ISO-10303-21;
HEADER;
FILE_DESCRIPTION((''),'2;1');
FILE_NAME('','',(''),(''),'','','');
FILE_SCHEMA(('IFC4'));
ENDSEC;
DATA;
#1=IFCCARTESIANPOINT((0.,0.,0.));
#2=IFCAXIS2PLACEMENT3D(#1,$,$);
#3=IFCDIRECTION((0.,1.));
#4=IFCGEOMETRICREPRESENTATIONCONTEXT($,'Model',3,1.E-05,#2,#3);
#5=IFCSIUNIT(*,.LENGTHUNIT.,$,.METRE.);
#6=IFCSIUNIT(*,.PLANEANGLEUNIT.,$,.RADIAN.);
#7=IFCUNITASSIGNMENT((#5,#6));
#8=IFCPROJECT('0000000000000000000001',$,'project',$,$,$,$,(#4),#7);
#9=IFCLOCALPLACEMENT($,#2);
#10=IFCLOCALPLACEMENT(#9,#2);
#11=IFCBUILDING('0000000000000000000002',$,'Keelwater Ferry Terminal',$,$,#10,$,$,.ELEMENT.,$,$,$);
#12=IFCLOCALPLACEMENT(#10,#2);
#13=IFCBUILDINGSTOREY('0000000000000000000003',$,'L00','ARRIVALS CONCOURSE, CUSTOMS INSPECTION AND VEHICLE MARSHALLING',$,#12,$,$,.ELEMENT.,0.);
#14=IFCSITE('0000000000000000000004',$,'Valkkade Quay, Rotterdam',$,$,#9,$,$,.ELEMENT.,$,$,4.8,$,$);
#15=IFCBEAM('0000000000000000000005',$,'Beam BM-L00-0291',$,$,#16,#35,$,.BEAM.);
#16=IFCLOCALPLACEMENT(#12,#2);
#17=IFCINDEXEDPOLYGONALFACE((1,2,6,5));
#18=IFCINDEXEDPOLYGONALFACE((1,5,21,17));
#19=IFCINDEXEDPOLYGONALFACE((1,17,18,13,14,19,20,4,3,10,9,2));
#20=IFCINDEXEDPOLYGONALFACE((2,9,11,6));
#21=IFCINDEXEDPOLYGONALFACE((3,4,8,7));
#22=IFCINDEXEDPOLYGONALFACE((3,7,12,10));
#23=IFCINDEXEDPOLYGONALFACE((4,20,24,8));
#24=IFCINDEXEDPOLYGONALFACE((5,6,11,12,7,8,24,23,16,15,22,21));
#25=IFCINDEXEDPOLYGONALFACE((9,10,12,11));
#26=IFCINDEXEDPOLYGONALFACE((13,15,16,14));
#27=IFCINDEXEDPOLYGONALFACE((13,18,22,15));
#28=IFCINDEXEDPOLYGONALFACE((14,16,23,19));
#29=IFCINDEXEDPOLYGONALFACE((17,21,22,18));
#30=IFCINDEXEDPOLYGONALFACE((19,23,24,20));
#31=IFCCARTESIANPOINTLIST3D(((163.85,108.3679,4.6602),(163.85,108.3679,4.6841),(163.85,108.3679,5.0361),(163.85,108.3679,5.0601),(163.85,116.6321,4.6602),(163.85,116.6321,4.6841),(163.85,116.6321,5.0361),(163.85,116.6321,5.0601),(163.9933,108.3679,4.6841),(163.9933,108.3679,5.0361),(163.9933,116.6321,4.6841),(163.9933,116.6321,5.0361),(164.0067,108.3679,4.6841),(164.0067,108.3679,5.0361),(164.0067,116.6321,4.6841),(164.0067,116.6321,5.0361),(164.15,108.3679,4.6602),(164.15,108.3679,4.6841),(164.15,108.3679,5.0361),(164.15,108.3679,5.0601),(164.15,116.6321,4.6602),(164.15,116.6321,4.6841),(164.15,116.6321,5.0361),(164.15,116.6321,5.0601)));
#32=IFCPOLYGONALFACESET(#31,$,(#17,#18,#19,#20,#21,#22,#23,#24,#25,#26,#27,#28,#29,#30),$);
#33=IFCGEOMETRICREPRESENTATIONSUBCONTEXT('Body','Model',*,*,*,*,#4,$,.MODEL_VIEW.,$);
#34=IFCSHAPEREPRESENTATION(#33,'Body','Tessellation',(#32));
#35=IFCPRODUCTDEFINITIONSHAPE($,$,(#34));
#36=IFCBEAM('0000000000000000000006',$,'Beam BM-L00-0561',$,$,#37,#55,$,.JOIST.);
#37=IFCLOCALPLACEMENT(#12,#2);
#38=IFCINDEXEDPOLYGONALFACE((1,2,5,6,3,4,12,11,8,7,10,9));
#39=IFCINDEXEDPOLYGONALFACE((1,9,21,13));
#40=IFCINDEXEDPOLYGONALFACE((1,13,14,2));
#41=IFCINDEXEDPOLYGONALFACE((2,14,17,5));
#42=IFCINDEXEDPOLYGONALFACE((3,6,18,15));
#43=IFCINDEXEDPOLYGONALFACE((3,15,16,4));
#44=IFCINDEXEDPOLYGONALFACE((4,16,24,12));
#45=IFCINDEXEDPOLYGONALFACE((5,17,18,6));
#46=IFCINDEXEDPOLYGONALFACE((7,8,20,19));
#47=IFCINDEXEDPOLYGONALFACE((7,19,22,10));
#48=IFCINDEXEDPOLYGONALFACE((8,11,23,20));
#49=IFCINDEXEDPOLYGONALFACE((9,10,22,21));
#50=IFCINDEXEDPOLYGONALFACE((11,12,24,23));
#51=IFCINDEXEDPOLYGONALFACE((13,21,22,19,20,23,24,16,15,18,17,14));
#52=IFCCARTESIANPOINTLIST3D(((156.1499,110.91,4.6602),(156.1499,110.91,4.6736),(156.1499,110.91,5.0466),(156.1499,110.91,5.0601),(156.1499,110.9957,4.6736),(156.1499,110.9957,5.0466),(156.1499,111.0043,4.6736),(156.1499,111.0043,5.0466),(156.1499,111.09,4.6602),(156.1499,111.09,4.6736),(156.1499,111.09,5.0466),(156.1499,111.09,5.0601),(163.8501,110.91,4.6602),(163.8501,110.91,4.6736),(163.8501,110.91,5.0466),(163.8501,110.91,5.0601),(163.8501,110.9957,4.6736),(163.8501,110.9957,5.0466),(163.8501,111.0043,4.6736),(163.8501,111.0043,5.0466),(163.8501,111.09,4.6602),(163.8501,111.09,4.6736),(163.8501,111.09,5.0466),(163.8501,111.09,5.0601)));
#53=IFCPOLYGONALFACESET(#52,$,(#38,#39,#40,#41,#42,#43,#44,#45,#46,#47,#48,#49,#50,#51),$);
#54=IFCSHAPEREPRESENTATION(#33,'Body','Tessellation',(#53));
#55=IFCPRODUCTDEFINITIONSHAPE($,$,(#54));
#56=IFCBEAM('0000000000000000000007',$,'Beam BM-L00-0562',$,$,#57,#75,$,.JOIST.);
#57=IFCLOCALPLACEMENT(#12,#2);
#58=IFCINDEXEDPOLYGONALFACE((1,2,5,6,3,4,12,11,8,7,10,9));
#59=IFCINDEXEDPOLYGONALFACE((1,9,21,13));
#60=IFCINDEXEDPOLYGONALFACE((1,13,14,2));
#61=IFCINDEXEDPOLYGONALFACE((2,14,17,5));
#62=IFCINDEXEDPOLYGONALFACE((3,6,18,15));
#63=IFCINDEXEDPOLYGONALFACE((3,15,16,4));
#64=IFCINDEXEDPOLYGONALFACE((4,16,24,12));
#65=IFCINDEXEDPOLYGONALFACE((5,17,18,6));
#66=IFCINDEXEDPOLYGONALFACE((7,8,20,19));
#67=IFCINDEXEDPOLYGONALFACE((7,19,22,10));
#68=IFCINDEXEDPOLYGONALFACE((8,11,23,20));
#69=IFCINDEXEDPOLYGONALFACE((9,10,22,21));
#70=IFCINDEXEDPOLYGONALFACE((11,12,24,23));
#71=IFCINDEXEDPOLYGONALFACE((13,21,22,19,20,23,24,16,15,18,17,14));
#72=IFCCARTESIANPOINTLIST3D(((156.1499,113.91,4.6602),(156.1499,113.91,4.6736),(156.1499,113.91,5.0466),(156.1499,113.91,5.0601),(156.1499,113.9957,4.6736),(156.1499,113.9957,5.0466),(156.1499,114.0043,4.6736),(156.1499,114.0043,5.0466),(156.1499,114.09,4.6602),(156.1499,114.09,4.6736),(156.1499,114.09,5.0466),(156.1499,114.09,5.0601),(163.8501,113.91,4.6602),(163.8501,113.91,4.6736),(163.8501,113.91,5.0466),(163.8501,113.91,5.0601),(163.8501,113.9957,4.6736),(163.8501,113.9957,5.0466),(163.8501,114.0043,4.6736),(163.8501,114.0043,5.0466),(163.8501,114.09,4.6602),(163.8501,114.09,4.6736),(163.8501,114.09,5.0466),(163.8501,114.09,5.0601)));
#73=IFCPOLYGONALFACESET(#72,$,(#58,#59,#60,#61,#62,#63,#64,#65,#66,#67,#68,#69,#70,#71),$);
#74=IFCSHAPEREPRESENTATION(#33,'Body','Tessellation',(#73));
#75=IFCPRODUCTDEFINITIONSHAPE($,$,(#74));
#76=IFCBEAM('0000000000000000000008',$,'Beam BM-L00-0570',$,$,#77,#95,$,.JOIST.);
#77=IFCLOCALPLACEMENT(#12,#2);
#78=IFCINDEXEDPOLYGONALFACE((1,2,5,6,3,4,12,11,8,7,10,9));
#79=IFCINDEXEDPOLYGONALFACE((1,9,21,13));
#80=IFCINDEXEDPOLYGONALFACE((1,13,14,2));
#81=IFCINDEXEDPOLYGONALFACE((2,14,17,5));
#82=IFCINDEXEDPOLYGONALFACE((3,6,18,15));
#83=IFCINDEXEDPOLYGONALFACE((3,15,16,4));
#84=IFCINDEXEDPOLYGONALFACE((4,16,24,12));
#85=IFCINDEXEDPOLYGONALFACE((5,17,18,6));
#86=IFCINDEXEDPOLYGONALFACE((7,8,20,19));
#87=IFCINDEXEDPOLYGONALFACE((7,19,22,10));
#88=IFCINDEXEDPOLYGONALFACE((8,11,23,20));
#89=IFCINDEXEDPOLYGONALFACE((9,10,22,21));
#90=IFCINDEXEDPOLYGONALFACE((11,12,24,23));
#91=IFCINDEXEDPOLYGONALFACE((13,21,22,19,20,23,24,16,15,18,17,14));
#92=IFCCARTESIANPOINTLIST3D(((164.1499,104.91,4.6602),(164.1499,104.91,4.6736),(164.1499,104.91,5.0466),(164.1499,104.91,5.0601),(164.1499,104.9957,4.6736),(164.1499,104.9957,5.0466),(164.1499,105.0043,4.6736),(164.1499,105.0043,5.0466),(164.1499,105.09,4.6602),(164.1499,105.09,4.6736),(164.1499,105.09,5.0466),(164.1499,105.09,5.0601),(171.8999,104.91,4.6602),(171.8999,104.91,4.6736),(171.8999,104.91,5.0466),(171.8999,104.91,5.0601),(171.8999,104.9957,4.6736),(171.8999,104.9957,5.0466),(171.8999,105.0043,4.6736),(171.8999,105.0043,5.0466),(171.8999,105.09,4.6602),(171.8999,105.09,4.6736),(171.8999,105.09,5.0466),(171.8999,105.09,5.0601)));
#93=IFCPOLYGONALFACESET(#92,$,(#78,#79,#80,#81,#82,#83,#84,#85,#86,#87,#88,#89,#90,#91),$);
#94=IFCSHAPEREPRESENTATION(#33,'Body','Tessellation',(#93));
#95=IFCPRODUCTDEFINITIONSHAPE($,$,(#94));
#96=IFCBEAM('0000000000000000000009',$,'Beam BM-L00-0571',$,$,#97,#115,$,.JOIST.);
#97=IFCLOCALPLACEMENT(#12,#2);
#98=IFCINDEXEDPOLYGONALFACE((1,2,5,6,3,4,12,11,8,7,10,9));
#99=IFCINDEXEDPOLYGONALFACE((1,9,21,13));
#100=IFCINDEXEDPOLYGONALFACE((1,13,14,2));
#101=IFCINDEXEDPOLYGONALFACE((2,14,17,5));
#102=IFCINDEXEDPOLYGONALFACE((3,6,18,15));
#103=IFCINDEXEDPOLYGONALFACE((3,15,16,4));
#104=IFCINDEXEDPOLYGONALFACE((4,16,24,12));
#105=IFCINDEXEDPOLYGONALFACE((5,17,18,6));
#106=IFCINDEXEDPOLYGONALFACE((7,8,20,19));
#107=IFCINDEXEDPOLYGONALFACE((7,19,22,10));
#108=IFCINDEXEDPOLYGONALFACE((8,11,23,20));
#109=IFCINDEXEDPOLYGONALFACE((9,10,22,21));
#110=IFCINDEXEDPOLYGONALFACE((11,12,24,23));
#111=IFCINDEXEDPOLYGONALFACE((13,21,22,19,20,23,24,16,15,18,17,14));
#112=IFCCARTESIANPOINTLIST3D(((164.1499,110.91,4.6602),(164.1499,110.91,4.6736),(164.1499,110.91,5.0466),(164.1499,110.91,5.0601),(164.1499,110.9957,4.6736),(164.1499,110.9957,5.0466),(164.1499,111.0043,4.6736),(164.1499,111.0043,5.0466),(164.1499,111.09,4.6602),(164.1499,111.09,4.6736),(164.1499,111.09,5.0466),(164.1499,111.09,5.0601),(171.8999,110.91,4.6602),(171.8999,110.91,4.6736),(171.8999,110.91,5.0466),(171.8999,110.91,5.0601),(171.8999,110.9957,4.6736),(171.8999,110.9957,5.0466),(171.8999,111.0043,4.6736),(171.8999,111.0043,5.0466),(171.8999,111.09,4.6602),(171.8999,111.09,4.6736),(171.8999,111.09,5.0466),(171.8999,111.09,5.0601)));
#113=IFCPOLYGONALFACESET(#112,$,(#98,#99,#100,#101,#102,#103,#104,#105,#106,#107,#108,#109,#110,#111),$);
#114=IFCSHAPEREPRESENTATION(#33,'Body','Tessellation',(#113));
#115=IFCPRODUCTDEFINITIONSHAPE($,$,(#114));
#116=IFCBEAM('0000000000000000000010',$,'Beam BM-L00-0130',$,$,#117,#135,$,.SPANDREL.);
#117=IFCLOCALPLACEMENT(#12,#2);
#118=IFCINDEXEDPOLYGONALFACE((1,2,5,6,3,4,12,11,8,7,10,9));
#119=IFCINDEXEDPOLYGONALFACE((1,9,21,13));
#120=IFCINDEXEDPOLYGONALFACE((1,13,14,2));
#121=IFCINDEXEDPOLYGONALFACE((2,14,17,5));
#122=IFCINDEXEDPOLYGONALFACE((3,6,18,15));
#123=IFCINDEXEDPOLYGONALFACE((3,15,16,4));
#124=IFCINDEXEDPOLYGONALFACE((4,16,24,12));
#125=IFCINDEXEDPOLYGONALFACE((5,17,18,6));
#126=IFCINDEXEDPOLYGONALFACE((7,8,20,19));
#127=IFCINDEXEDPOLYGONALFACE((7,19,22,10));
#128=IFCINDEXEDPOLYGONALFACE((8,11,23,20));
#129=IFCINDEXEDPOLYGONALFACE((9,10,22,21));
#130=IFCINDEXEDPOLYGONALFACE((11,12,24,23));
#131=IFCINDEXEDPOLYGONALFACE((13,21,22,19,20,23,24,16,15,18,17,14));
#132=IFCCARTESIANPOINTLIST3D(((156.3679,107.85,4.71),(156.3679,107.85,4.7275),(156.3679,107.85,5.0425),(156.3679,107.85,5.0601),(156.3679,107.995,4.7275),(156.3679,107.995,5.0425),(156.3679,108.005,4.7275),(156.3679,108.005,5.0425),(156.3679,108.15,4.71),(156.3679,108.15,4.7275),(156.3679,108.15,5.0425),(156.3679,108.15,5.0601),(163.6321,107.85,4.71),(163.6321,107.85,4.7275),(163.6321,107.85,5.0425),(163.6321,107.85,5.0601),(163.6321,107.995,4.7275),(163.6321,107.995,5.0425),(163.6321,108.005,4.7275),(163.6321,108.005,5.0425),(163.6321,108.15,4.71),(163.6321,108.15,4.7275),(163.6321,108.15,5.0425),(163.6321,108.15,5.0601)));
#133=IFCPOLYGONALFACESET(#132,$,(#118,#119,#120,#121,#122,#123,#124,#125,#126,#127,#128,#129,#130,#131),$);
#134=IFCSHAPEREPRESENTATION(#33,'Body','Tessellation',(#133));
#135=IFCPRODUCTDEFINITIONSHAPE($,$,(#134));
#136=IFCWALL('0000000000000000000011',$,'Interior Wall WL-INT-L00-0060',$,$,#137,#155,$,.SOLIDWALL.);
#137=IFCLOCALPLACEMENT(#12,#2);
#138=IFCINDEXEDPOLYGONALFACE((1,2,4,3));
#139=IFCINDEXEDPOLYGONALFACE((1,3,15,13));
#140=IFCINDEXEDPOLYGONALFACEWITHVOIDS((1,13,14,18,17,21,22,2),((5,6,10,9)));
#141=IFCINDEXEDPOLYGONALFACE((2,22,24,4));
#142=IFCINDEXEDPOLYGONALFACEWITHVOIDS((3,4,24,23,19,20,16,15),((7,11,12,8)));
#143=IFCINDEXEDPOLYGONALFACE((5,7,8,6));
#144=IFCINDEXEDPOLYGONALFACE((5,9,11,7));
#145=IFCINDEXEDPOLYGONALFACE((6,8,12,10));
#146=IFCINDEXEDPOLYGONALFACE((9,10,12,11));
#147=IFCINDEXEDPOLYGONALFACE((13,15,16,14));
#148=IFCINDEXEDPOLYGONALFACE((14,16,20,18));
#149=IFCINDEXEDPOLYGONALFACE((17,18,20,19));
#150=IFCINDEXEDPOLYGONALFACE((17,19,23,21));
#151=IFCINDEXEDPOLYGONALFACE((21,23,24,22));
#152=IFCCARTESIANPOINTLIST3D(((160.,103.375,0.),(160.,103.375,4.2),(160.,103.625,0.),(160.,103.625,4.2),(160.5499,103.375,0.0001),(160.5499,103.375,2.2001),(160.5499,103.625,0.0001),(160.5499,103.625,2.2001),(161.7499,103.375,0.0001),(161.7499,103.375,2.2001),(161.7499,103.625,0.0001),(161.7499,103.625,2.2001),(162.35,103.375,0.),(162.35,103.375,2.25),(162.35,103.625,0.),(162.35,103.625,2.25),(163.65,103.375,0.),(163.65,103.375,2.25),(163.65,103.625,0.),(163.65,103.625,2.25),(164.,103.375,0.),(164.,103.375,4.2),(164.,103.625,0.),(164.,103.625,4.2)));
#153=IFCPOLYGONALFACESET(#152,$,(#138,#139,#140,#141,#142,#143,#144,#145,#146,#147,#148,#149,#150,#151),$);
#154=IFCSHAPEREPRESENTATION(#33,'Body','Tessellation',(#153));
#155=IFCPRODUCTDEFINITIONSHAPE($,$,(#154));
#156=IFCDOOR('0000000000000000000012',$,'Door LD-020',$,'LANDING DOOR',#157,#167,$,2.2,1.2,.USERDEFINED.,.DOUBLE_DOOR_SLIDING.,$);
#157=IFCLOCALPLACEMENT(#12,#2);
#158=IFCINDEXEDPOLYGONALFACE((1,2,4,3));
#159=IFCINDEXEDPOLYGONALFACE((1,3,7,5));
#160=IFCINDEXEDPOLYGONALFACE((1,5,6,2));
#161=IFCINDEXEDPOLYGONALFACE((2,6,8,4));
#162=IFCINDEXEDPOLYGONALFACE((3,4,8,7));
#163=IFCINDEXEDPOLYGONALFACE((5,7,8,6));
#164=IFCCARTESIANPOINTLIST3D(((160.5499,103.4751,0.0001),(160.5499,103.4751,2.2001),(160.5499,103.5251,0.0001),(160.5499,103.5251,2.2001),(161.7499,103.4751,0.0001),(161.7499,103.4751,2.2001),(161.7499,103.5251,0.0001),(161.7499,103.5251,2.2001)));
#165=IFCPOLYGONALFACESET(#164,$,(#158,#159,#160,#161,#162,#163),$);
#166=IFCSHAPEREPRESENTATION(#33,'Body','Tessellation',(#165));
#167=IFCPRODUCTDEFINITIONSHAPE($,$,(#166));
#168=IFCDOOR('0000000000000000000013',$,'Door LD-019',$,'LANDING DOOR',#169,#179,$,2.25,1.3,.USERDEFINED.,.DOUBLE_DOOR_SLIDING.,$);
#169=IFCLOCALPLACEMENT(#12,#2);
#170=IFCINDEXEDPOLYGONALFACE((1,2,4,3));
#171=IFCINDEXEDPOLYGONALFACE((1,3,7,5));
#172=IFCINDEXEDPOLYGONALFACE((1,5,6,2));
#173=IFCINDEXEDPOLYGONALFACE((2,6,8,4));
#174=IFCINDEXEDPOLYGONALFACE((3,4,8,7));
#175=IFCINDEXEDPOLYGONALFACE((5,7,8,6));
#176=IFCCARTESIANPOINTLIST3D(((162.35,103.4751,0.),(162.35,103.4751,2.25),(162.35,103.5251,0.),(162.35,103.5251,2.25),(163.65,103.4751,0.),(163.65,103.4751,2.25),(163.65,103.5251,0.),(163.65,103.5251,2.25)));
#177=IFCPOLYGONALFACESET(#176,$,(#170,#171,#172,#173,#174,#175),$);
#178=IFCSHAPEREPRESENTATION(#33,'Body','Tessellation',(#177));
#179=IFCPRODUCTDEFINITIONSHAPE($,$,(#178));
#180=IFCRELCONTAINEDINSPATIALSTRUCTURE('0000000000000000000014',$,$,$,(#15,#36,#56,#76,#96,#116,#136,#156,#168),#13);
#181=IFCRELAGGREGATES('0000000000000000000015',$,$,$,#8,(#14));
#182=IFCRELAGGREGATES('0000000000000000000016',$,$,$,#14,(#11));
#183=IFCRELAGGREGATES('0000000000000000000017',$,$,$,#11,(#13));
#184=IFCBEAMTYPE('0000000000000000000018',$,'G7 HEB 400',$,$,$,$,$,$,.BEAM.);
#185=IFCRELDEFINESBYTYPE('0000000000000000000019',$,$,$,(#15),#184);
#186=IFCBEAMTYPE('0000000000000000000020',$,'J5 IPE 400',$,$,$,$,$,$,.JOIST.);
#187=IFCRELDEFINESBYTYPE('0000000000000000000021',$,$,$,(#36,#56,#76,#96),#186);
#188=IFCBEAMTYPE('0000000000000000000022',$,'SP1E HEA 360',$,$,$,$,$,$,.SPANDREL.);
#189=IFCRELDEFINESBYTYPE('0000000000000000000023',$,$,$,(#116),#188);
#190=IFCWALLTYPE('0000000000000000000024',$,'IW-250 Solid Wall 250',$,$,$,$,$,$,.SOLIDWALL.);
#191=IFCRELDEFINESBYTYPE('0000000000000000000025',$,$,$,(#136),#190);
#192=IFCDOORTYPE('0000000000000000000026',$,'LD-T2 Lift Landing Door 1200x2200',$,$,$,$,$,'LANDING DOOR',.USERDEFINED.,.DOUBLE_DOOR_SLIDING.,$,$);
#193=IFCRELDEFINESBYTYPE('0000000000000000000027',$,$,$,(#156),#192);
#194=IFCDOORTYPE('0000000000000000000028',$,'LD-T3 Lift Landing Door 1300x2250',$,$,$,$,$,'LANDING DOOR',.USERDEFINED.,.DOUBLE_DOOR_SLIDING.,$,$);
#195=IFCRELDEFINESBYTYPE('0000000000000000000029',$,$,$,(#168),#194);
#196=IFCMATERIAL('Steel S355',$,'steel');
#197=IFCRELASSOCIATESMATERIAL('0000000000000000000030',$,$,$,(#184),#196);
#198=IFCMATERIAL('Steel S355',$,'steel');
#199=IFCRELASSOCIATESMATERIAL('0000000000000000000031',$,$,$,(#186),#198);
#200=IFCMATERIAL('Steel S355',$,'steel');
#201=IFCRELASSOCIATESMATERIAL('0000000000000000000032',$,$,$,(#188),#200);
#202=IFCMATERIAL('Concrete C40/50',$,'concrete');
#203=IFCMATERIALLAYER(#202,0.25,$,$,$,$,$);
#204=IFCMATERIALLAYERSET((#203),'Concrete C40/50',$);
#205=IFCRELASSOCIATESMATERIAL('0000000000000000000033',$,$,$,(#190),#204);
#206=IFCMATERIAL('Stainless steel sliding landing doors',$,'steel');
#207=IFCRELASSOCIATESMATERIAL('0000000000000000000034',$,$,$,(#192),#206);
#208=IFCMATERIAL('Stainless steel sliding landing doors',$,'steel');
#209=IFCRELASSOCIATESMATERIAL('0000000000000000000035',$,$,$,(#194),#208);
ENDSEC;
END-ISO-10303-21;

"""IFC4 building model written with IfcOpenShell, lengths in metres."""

from ifc_helpers import new_model, si_unit, direction, frame, frame_2d, origin, origin_2d, place, context, subcontext, project, spatial, rectangle, i_section, extrude, material, layer, layer_set, material_profile, profile_set, type_object, element, fill, save


model = new_model("IFC4")

# Units and contexts
model_context = context("Model", 3, precision=1e-05, world=origin(), true_north=direction((0.0, 1.0)))
body_context = subcontext(model_context, "Body", "Model", "MODEL_VIEW")
ifc_project = project(units=[si_unit("LENGTHUNIT", "METRE"), si_unit("PLANEANGLEUNIT", "RADIAN")], contexts=[model_context])

# Site, building, storey
site_placement = place(None, origin())
site = spatial("IfcSite", under=ifc_project, at=site_placement, Name="Valkkade Quay, Rotterdam", CompositionType="ELEMENT", RefElevation=4.8)
building_placement = place(site_placement, origin())
building = spatial("IfcBuilding", under=site, at=building_placement, Name="Keelwater Ferry Terminal", CompositionType="ELEMENT")
storey_placement = place(building_placement, origin())
storey = spatial("IfcBuildingStorey", under=building, at=storey_placement, Name="L00", Description="ARRIVALS CONCOURSE, CUSTOMS INSPECTION AND VEHICLE MARSHALLING", CompositionType="ELEMENT", Elevation=0.0)

# Beams
ifc_material_1 = material(Name="Steel S355", Category="steel")
ifc_material_profile_1 = material_profile(ifc_material_1, i_section(OverallWidth=0.3, OverallDepth=0.3999, WebThickness=0.0134, FlangeThickness=0.0239, at=origin_2d()), Name="HEB 400")
ifc_profile_set_1 = profile_set([ifc_material_profile_1], Name="Steel S355")
beam_type_1 = type_object("IfcBeamType", Name="G7 HEB 400", PredefinedType="BEAM", material=ifc_profile_set_1)
beam_1_placement = place(storey_placement, frame((164.0, 108.3679, 4.8601), z_axis=(0.0, 1.0, 0.0), x_axis=(-1.0, 0.0, 0.0)))
element("IfcBeam", 1, at=beam_1_placement, inside=storey, type_object=beam_type_1, Name="Beam BM-L00-0291", PredefinedType="BEAM", context=body_context, shape_type="SweptSolid", body=[
    extrude(i_section(OverallWidth=0.3, OverallDepth=0.3999, WebThickness=0.0134, FlangeThickness=0.0239, at=origin_2d()), origin(), (0.0, 0.0, 1.0), 8.2642),
])
ifc_material_2 = material(Name="Steel S355", Category="steel")
ifc_material_profile_2 = material_profile(ifc_material_2, i_section(OverallWidth=0.1799, OverallDepth=0.3999, WebThickness=0.0085, FlangeThickness=0.0134, at=origin_2d()), Name="IPE 400")
ifc_profile_set_2 = profile_set([ifc_material_profile_2], Name="Steel S355")
beam_type_2 = type_object("IfcBeamType", Name="J5 IPE 400", PredefinedType="JOIST", material=ifc_profile_set_2)
for number, where, z_axis, x_axis, name in (
    (2, (156.1499, 111.0, 4.8601), (1.0, 0.0, 0.0), (0.0, 1.0, 0.0), "Beam BM-L00-0561"),
    (3, (156.1499, 114.0, 4.8601), (1.0, 0.0, 0.0), (0.0, 1.0, 0.0), "Beam BM-L00-0562"),
):
    element("IfcBeam", number, at=place(storey_placement, frame(where, z_axis=z_axis, x_axis=x_axis)), inside=storey, type_object=beam_type_2, Name=name, PredefinedType="JOIST", context=body_context, shape_type="SweptSolid", body=[
        extrude(i_section(OverallWidth=0.1799, OverallDepth=0.3999, WebThickness=0.0085, FlangeThickness=0.0134, at=origin_2d()), origin(), (0.0, 0.0, 1.0), 7.7002),
    ])
for number, where, z_axis, x_axis, name in (
    (4, (164.1499, 105.0, 4.8601), (1.0, 0.0, 0.0), (0.0, 1.0, 0.0), "Beam BM-L00-0570"),
    (5, (164.1499, 111.0, 4.8601), (1.0, 0.0, 0.0), (0.0, 1.0, 0.0), "Beam BM-L00-0571"),
):
    element("IfcBeam", number, at=place(storey_placement, frame(where, z_axis=z_axis, x_axis=x_axis)), inside=storey, type_object=beam_type_2, Name=name, PredefinedType="JOIST", context=body_context, shape_type="SweptSolid", body=[
        extrude(i_section(OverallWidth=0.1799, OverallDepth=0.3999, WebThickness=0.0085, FlangeThickness=0.0134, at=origin_2d()), origin(), (0.0, 0.0, 1.0), 7.75),
    ])
ifc_material_3 = material(Name="Steel S355", Category="steel")
ifc_material_profile_3 = material_profile(ifc_material_3, i_section(OverallWidth=0.3, OverallDepth=0.3501, WebThickness=0.01, FlangeThickness=0.0176, at=origin_2d()), Name="HEA 360")
ifc_profile_set_3 = profile_set([ifc_material_profile_3], Name="Steel S355")
beam_type_3 = type_object("IfcBeamType", Name="SP1E HEA 360", PredefinedType="SPANDREL", material=ifc_profile_set_3)
beam_2_placement = place(storey_placement, frame((156.3679, 108.0, 4.885), z_axis=(1.0, 0.0, 0.0), x_axis=(0.0, 1.0, 0.0)))
element("IfcBeam", 6, at=beam_2_placement, inside=storey, type_object=beam_type_3, Name="Beam BM-L00-0130", PredefinedType="SPANDREL", context=body_context, shape_type="SweptSolid", body=[
    extrude(i_section(OverallWidth=0.3, OverallDepth=0.3501, WebThickness=0.01, FlangeThickness=0.0176, at=origin_2d()), origin(), (0.0, 0.0, 1.0), 7.2642),
])

# Wall, openings, doors
ifc_material_4 = material(Name="Concrete C40/50", Category="concrete")
ifc_layer_1 = layer(ifc_material_4, 0.25)
ifc_layer_set_1 = layer_set([ifc_layer_1], Name="Concrete C40/50")
wall_type_1 = type_object("IfcWallType", Name="IW-250 Solid Wall 250", PredefinedType="SOLIDWALL", material=ifc_layer_set_1)
wall_1_placement = place(storey_placement, frame((164.0, 103.5, 0.0), z_axis=(0.0, 0.0, 1.0), x_axis=(-1.0, 0.0, 0.0)))
wall_1 = element("IfcWall", 7, at=wall_1_placement, inside=storey, type_object=wall_type_1, Name="Interior Wall WL-INT-L00-0060", PredefinedType="SOLIDWALL", context=body_context, shape_type="SweptSolid", body=[
    extrude(rectangle(XDim=4.0, YDim=0.25, at=frame_2d((2.0, 0.0))), origin(), (0.0, 0.0, 1.0), 4.2),
])
opening_1_placement = place(wall_1_placement, frame((0.3501, 0.0, 0.0)))
opening_1 = element("IfcOpeningElement", 8, at=opening_1_placement, cuts=wall_1, PredefinedType="OPENING", context=body_context, shape_type="SweptSolid", body=[
    extrude(rectangle(XDim=1.3, YDim=2.25, at=frame_2d((0.6499, 1.125))), frame((0.0, 0.135, 0.0), z_axis=(0.0, -1.0, 0.0), x_axis=(1.0, 0.0, 0.0)), (0.0, 0.0, 1.0), 0.27),
])
opening_2_placement = place(wall_1_placement, frame((2.25, 0.0, 0.0)))
opening_2 = element("IfcOpeningElement", 9, at=opening_2_placement, cuts=wall_1, PredefinedType="OPENING", context=body_context, shape_type="SweptSolid", body=[
    extrude(rectangle(XDim=1.2, YDim=2.2, at=frame_2d((0.6001, 1.1001))), frame((0.0, 0.135, 0.0), z_axis=(0.0, -1.0, 0.0), x_axis=(1.0, 0.0, 0.0)), (0.0, 0.0, 1.0), 0.27),
])
ifc_material_5 = material(Name="Stainless steel sliding landing doors", Category="steel")
door_type_1 = type_object("IfcDoorType", Name="LD-T2 Lift Landing Door 1200x2200", ElementType="LANDING DOOR", OperationType="DOUBLE_DOOR_SLIDING", PredefinedType="USERDEFINED", material=ifc_material_5)
door_1_placement = place(opening_2_placement, origin())
door_1 = element("IfcDoor", 10, at=door_1_placement, inside=storey, type_object=door_type_1, Name="Door LD-020", ObjectType="LANDING DOOR", OperationType="DOUBLE_DOOR_SLIDING", OverallHeight=2.2, OverallWidth=1.2, PredefinedType="USERDEFINED", context=body_context, shape_type="SweptSolid", body=[
    extrude(rectangle(XDim=1.2, YDim=2.2, at=frame_2d((0.6001, 1.1001))), frame((0.0, 0.0249, 0.0), z_axis=(0.0, -1.0, 0.0), x_axis=(1.0, 0.0, 0.0)), (0.0, 0.0, 1.0), 0.05),
])
fill(opening_2, door_1)
ifc_material_6 = material(Name="Stainless steel sliding landing doors", Category="steel")
door_type_2 = type_object("IfcDoorType", Name="LD-T3 Lift Landing Door 1300x2250", ElementType="LANDING DOOR", OperationType="DOUBLE_DOOR_SLIDING", PredefinedType="USERDEFINED", material=ifc_material_6)
door_2_placement = place(opening_1_placement, origin())
door_2 = element("IfcDoor", 11, at=door_2_placement, inside=storey, type_object=door_type_2, Name="Door LD-019", ObjectType="LANDING DOOR", OperationType="DOUBLE_DOOR_SLIDING", OverallHeight=2.25, OverallWidth=1.3, PredefinedType="USERDEFINED", context=body_context, shape_type="SweptSolid", body=[
    extrude(rectangle(XDim=1.3, YDim=2.25, at=frame_2d((0.6499, 1.125))), frame((0.0, 0.0249, 0.0), z_axis=(0.0, -1.0, 0.0), x_axis=(1.0, 0.0, 0.0)), (0.0, 0.0, 1.0), 0.05),
])
fill(opening_1, door_2)

save(model, "model.ifc")
